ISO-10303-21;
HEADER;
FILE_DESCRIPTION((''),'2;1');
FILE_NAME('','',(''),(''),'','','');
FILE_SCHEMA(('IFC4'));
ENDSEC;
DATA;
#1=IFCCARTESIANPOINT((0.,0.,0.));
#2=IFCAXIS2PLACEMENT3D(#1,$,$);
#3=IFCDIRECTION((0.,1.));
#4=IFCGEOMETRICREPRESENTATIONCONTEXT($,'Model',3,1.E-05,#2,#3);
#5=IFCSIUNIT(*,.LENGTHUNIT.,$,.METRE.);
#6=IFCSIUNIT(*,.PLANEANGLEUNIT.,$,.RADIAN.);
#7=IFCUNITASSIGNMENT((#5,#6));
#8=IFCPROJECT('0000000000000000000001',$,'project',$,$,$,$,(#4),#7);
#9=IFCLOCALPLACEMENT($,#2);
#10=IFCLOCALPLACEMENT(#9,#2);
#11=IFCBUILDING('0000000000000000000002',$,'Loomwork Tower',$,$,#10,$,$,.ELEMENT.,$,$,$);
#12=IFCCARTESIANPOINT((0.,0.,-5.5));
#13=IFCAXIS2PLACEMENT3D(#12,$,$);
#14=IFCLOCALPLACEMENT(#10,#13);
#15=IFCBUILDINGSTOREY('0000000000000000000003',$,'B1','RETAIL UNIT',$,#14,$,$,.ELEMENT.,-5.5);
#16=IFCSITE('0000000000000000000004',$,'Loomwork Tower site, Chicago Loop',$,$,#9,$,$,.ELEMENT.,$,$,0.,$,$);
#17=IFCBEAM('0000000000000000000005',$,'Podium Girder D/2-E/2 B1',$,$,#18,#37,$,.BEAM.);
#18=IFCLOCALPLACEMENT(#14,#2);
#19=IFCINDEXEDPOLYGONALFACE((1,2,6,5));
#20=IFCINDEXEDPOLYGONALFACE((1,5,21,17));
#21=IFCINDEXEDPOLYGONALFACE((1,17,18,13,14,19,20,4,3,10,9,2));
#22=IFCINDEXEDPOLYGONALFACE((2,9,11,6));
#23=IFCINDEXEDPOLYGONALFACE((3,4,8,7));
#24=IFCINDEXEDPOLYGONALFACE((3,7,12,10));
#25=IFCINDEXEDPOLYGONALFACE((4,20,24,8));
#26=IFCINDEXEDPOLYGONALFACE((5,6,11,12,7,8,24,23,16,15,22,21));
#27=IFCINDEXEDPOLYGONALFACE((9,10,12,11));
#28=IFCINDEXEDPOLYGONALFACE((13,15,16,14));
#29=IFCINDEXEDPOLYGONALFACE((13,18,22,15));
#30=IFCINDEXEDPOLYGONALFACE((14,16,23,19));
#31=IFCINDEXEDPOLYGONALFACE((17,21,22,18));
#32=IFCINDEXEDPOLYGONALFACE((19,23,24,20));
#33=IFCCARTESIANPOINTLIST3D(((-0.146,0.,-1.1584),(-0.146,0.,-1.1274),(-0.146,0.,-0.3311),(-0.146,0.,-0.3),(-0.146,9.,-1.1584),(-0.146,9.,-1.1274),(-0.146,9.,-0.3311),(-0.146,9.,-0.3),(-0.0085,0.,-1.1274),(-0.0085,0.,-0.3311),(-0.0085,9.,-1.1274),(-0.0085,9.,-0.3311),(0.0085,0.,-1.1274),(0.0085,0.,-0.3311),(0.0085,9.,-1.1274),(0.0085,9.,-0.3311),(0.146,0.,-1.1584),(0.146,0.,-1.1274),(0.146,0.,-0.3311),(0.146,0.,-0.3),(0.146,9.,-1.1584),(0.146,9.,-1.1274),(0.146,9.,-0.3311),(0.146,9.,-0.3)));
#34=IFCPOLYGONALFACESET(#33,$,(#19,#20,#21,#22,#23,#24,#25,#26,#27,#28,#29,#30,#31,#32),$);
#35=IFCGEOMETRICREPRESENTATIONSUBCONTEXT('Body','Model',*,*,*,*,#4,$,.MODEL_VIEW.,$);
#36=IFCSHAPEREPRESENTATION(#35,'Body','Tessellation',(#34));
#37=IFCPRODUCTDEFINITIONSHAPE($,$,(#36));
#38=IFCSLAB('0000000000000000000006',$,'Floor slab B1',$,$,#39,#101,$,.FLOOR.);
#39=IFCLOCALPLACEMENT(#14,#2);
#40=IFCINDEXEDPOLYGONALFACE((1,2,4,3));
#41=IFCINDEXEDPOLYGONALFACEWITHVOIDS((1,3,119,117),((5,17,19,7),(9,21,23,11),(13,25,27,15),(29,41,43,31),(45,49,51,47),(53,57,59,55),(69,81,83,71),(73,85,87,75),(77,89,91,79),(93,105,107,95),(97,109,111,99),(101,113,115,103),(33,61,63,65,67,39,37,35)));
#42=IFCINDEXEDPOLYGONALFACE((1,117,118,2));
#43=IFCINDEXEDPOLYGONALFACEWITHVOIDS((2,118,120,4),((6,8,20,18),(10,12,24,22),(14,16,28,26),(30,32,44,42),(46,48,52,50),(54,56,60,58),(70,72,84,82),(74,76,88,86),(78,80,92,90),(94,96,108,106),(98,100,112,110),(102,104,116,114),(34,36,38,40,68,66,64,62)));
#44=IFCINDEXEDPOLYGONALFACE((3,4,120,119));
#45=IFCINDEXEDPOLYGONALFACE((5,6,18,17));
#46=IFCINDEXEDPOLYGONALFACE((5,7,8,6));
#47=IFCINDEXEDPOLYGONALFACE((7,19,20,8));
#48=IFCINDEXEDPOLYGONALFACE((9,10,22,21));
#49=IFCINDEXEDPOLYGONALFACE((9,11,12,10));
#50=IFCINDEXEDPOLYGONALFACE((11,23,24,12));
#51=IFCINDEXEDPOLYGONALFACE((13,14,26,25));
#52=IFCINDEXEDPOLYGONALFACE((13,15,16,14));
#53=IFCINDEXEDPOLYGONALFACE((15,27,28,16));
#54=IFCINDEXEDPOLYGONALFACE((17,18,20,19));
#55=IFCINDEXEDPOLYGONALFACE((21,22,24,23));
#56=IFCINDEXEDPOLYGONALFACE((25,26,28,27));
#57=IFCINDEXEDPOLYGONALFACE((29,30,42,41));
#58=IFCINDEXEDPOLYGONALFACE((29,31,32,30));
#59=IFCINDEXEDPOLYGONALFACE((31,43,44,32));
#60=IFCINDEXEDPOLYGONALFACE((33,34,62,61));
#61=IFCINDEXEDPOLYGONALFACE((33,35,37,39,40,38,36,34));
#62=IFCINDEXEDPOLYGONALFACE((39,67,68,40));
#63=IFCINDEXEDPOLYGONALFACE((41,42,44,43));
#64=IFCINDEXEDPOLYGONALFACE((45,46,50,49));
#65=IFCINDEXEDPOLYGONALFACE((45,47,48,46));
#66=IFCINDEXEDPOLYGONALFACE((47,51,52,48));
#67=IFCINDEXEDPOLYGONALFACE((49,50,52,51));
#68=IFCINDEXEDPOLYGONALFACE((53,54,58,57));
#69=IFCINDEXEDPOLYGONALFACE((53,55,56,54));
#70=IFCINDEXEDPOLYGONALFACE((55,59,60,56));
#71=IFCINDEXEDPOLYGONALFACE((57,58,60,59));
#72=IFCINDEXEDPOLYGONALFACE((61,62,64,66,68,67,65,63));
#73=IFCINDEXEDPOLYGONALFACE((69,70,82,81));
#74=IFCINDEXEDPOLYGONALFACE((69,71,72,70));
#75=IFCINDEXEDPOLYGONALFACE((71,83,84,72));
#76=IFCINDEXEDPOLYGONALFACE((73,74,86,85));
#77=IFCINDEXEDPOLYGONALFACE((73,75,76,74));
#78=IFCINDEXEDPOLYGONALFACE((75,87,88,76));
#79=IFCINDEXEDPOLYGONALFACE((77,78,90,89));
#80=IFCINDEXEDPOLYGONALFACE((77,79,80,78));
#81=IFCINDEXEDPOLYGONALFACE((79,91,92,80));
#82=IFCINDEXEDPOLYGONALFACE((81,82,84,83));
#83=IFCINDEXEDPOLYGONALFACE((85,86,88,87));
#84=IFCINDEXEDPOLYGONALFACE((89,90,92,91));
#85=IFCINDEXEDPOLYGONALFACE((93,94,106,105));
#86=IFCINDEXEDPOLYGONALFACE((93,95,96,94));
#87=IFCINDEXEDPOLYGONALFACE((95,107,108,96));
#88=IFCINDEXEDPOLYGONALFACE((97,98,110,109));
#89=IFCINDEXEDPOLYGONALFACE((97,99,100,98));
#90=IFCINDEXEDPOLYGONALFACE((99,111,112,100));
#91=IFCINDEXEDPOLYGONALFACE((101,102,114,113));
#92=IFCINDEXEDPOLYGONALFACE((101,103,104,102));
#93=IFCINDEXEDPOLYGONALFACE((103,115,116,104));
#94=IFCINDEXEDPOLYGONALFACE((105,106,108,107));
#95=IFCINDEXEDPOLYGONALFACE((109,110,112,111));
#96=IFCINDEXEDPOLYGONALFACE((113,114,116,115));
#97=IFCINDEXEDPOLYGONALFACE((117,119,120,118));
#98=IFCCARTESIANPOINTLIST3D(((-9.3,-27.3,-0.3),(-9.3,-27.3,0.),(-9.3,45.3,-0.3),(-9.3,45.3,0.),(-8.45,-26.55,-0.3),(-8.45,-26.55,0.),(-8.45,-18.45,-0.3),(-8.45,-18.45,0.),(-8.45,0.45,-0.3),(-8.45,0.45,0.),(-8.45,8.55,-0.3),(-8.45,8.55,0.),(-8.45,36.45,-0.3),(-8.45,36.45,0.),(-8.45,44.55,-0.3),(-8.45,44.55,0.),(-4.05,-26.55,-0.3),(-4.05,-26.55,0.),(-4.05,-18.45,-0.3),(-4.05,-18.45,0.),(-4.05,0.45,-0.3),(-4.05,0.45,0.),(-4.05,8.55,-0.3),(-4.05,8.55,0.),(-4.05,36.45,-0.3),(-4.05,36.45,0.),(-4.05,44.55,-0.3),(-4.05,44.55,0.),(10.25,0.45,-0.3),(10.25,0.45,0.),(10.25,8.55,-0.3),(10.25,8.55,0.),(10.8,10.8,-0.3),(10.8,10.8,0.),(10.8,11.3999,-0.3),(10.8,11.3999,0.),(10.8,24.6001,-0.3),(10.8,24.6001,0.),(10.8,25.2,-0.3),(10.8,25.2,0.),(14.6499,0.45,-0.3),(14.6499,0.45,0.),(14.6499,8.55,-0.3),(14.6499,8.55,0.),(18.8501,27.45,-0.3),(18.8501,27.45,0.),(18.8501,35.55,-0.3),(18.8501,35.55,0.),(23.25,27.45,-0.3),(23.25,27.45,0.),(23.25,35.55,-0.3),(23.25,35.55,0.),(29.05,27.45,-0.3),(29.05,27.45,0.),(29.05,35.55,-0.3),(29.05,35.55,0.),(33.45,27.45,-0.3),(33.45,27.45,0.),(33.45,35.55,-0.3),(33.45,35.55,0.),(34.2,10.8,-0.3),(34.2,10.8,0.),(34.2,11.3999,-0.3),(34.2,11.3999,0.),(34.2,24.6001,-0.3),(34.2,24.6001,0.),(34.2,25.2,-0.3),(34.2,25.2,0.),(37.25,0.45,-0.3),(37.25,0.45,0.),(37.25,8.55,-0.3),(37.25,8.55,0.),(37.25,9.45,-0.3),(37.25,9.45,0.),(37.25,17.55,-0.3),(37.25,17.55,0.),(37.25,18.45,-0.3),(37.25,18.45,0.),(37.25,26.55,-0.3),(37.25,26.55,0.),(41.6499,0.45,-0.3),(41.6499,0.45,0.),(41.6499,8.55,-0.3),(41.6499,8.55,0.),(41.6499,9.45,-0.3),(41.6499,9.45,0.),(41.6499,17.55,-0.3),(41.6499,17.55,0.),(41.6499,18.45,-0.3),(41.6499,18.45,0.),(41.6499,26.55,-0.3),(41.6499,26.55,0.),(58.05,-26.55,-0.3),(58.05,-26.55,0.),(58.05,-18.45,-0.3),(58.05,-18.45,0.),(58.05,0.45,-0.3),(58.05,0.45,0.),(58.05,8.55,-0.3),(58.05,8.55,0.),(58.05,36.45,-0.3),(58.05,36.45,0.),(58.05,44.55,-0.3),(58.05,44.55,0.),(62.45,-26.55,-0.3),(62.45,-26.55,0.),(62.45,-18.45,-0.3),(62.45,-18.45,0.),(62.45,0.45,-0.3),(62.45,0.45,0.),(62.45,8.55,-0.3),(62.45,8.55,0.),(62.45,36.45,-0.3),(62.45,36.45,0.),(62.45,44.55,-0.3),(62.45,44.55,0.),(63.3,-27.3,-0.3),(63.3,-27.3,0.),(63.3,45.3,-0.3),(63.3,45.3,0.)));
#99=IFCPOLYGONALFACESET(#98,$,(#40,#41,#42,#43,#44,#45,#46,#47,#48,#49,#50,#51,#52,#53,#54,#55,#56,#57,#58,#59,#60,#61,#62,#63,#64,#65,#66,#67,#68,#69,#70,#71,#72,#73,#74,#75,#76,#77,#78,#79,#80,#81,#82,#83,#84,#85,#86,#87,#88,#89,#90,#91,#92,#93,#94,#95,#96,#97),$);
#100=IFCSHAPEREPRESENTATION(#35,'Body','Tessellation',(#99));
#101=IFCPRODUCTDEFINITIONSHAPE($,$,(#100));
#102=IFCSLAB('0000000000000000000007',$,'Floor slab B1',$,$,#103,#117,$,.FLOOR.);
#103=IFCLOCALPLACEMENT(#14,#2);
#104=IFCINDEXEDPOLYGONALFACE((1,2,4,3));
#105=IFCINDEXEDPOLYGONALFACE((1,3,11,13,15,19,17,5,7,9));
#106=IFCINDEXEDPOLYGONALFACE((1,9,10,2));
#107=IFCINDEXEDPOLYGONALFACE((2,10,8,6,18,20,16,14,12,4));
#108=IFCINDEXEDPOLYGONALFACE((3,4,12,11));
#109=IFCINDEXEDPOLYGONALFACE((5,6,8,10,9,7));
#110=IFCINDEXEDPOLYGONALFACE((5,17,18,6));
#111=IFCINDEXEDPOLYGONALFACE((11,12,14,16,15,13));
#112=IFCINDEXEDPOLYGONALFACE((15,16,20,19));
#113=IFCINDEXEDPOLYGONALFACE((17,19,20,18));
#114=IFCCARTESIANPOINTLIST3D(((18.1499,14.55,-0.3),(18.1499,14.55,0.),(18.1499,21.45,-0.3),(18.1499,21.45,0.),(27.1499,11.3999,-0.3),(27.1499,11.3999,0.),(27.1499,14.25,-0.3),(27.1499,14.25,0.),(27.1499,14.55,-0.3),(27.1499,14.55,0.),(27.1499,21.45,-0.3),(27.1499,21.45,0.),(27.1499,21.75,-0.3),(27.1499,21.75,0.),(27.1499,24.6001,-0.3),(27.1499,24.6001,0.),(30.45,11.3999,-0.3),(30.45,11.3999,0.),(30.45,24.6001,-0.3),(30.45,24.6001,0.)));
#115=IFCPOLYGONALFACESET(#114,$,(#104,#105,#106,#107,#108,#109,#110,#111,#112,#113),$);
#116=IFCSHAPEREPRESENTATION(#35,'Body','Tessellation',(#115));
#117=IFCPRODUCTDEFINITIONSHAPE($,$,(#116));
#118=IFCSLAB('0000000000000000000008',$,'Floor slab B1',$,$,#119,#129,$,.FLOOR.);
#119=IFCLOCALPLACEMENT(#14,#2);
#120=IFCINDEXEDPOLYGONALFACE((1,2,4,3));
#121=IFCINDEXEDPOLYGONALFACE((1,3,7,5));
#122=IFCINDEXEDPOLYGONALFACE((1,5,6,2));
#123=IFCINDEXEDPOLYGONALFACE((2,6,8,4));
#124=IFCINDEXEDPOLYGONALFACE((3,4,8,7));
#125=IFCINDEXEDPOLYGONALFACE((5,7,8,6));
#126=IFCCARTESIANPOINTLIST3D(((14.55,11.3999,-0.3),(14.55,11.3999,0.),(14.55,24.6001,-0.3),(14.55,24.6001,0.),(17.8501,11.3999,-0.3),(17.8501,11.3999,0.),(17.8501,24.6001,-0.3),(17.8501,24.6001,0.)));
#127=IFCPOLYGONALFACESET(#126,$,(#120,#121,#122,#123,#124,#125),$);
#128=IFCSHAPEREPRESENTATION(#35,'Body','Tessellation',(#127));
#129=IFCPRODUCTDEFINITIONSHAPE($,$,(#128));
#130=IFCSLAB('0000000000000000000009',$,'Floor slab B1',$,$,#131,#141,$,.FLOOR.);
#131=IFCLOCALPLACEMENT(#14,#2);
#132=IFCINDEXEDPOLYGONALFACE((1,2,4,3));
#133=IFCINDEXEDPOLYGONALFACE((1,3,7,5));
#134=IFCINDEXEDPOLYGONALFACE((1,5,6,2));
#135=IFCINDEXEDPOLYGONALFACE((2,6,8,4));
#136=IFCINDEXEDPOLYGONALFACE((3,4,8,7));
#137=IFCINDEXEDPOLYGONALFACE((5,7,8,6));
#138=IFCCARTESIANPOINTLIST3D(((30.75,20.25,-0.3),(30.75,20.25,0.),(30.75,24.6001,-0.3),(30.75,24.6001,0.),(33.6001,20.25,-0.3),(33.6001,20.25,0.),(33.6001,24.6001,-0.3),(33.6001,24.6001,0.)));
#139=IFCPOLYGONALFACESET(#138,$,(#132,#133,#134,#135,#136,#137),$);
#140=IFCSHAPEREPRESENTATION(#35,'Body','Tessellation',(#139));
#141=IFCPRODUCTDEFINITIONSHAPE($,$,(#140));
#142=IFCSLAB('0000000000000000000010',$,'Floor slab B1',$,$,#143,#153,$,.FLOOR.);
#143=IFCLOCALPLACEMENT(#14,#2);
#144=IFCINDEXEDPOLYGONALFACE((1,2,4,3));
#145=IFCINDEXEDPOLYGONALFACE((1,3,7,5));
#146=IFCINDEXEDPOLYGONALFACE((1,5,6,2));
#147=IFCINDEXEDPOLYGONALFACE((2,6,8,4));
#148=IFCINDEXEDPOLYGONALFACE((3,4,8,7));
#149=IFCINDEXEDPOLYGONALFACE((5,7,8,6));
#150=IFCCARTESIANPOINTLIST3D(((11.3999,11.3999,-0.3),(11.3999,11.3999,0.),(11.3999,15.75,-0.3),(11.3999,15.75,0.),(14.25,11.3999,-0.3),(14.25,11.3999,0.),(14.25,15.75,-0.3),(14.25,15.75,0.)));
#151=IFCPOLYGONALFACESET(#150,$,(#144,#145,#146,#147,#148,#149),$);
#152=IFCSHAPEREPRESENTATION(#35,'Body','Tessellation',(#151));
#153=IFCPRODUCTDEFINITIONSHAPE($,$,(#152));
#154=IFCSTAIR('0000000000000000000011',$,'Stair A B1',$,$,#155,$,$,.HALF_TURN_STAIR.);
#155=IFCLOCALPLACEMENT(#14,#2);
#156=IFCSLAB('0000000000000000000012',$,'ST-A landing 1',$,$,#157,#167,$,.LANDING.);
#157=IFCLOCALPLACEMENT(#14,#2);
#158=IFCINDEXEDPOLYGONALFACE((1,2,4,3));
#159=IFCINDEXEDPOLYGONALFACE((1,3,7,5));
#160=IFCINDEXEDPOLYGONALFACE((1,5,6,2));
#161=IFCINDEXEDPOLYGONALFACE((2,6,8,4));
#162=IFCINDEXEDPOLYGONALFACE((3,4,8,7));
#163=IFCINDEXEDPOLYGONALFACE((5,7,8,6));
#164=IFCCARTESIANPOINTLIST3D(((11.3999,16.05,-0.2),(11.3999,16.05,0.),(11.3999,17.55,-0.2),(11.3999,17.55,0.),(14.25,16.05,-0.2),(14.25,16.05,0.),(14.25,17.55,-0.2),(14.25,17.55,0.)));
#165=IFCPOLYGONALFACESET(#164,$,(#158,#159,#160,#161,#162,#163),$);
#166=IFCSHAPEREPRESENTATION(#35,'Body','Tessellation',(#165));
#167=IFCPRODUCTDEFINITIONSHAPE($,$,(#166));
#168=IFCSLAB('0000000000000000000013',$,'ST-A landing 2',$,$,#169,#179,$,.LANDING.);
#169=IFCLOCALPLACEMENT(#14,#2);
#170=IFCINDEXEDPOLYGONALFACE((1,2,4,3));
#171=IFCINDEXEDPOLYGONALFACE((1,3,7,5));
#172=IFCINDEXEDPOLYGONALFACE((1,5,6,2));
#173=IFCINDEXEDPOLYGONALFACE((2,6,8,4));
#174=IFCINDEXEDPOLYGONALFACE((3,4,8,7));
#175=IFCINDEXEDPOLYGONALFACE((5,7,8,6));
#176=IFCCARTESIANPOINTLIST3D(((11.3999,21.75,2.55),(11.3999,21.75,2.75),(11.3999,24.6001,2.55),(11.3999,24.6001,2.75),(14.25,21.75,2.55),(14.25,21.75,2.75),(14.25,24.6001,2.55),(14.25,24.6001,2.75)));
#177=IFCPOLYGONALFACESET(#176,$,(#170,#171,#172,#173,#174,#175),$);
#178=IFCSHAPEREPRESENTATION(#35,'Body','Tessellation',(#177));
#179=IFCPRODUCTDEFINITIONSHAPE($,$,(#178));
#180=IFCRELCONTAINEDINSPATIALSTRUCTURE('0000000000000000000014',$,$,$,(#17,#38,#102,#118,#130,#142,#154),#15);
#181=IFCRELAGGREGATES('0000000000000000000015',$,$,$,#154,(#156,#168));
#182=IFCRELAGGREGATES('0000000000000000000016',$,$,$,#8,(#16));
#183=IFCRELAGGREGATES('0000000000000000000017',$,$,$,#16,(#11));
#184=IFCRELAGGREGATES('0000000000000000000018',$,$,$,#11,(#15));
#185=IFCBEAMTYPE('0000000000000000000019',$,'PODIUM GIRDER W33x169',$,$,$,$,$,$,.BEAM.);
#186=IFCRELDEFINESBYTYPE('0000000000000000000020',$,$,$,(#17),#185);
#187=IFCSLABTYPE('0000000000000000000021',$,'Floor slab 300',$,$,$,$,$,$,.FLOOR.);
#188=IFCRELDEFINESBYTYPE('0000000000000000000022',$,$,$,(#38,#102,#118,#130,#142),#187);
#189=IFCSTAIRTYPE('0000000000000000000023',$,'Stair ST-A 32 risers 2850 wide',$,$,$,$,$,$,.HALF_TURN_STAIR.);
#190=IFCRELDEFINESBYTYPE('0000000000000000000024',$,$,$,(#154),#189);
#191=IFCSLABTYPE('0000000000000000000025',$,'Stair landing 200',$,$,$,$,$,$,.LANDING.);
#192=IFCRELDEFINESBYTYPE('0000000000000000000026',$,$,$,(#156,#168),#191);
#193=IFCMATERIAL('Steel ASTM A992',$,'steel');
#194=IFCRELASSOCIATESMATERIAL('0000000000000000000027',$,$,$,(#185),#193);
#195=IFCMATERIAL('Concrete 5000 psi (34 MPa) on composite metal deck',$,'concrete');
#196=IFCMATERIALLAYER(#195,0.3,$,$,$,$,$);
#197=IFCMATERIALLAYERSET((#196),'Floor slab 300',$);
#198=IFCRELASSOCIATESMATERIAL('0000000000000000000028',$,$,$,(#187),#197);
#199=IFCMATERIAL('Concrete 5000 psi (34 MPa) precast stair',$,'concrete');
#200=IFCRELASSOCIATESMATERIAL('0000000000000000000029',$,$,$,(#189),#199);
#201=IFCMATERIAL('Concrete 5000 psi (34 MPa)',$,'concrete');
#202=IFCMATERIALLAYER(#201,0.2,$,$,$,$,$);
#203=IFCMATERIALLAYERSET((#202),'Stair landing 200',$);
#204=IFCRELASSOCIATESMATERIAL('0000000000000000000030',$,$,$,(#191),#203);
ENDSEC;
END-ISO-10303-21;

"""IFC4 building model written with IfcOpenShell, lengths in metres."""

from ifc_helpers import new_model, si_unit, direction, frame, origin, origin_2d, place, context, subcontext, project, spatial, polyline, i_section, outline, extrude, material, layer, layer_set, material_profile, profile_set, type_object, element, aggregate, save


model = new_model("IFC4")

# Units and contexts
model_context = context("Model", 3, precision=1e-05, world=origin(), true_north=direction((0.0, 1.0)))
body_context = subcontext(model_context, "Body", "Model", "MODEL_VIEW")
ifc_project = project(units=[si_unit("LENGTHUNIT", "METRE"), si_unit("PLANEANGLEUNIT", "RADIAN")], contexts=[model_context])

# Site, building, storey
site_placement = place(None, origin())
site = spatial("IfcSite", under=ifc_project, at=site_placement, Name="Loomwork Tower site, Chicago Loop", CompositionType="ELEMENT", RefElevation=0.0)
building_placement = place(site_placement, origin())
building = spatial("IfcBuilding", under=site, at=building_placement, Name="Loomwork Tower", CompositionType="ELEMENT")
storey_placement = place(building_placement, frame((0.0, 0.0, -5.5)))
storey = spatial("IfcBuildingStorey", under=building, at=storey_placement, Name="B1", Description="RETAIL UNIT", CompositionType="ELEMENT", Elevation=-5.5)

# Beam
ifc_material_1 = material(Name="Steel ASTM A992", Category="steel")
ifc_material_profile = material_profile(ifc_material_1, i_section(OverallWidth=0.292, OverallDepth=0.8584, WebThickness=0.0171, FlangeThickness=0.031, at=origin_2d()), Name="W33x169")
ifc_profile_set = profile_set([ifc_material_profile], Name="Steel ASTM A992")
beam_type = type_object("IfcBeamType", Name="PODIUM GIRDER W33x169", PredefinedType="BEAM", material=ifc_profile_set)
beam_placement = place(storey_placement, frame((0.0, 0.0, -0.7292), z_axis=(0.0, 1.0, 0.0), x_axis=(-1.0, 0.0, 0.0)))
element("IfcBeam", 1, at=beam_placement, inside=storey, type_object=beam_type, Name="Podium Girder D/2-E/2 B1", PredefinedType="BEAM", context=body_context, shape_type="SweptSolid", body=[
    extrude(i_section(OverallWidth=0.292, OverallDepth=0.8584, WebThickness=0.0171, FlangeThickness=0.031, at=origin_2d()), origin(), (0.0, 0.0, 1.0), 9.0),
])

# Slabs
ifc_material_2 = material(Name="Concrete 5000 psi (34 MPa) on composite metal deck", Category="concrete")
ifc_layer_1 = layer(ifc_material_2, 0.3)
ifc_layer_set_1 = layer_set([ifc_layer_1], Name="Floor slab 300")
slab_type_1 = type_object("IfcSlabType", Name="Floor slab 300", PredefinedType="FLOOR", material=ifc_layer_set_1)
slab_1_placement = place(storey_placement, frame((0.0, 0.0, -0.3)))
element("IfcSlab", 2, at=slab_1_placement, inside=storey, type_object=slab_type_1, Name="Floor slab B1", PredefinedType="FLOOR", context=body_context, shape_type="SweptSolid", body=[
    extrude(outline(polyline([(-9.3, -27.3), (-9.3, 45.3), (63.3, 45.3), (63.3, -27.3), (-9.3, -27.3)]), holes=[polyline([(62.45, -26.55), (62.45, -18.45), (58.05, -18.45), (58.05, -26.55), (62.45, -26.55)]), polyline([(58.05, 36.45), (62.45, 36.45), (62.45, 44.55), (58.05, 44.55), (58.05, 36.45)]), polyline([(58.05, 0.45), (62.45, 0.45), (62.45, 8.55), (58.05, 8.55), (58.05, 0.45)]), polyline([(41.6499, 9.45), (41.6499, 17.55), (37.25, 17.55), (37.25, 9.45), (41.6499, 9.45)]), polyline([(37.25, 18.45), (41.6499, 18.45), (41.6499, 26.55), (37.25, 26.55), (37.25, 18.45)]), polyline([(37.25, 0.45), (41.6499, 0.45), (41.6499, 8.55), (37.25, 8.55), (37.25, 0.45)]), polyline([(34.2, 11.3999), (34.2, 24.6001), (34.2, 25.2), (10.8, 25.2), (10.8, 24.6001), (10.8, 11.3999), (10.8, 11.3999), (10.8, 10.8), (34.2, 10.8), (34.2, 11.3999), (34.2, 11.3999)]), polyline([(29.05, 27.45), (33.45, 27.45), (33.45, 35.55), (29.05, 35.55), (29.05, 27.45)]), polyline([(18.8501, 27.45), (23.25, 27.45), (23.25, 35.55), (18.8501, 35.55), (18.8501, 27.45)]), polyline([(10.25, 0.45), (14.6499, 0.45), (14.6499, 8.55), (10.25, 8.55), (10.25, 0.45)]), polyline([(-4.05, -26.55), (-4.05, -18.45), (-8.45, -18.45), (-8.45, -26.55), (-4.05, -26.55)]), polyline([(-8.45, 36.45), (-4.05, 36.45), (-4.05, 44.55), (-8.45, 44.55), (-8.45, 36.45)]), polyline([(-8.45, 0.45), (-4.05, 0.45), (-4.05, 8.55), (-8.45, 8.55), (-8.45, 0.45)])]), origin(), (0.0, 0.0, 1.0), 0.3),
])
slab_2_placement = place(storey_placement, frame((0.0, 0.0, -0.3)))
element("IfcSlab", 3, at=slab_2_placement, inside=storey, type_object=slab_type_1, Name="Floor slab B1", PredefinedType="FLOOR", context=body_context, shape_type="SweptSolid", body=[
    extrude(outline(polyline([(18.1499, 21.45), (27.1499, 21.45), (27.1499, 21.75), (27.1499, 24.6001), (30.45, 24.6001), (30.45, 11.3999), (27.1499, 11.3999), (27.1499, 14.25), (27.1499, 14.55), (18.1499, 14.55), (18.1499, 21.45)])), origin(), (0.0, 0.0, 1.0), 0.3),
])
slab_3_placement = place(storey_placement, frame((0.0, 0.0, -0.3)))
element("IfcSlab", 4, at=slab_3_placement, inside=storey, type_object=slab_type_1, Name="Floor slab B1", PredefinedType="FLOOR", context=body_context, shape_type="SweptSolid", body=[
    extrude(outline(polyline([(14.55, 24.6001), (17.8501, 24.6001), (17.8501, 11.3999), (14.55, 11.3999), (14.55, 24.6001)])), origin(), (0.0, 0.0, 1.0), 0.3),
])
slab_4_placement = place(storey_placement, frame((0.0, 0.0, -0.3)))
element("IfcSlab", 5, at=slab_4_placement, inside=storey, type_object=slab_type_1, Name="Floor slab B1", PredefinedType="FLOOR", context=body_context, shape_type="SweptSolid", body=[
    extrude(outline(polyline([(33.6001, 20.25), (30.75, 20.25), (30.75, 24.6001), (33.6001, 24.6001), (33.6001, 20.25)])), origin(), (0.0, 0.0, 1.0), 0.3),
])
slab_5_placement = place(storey_placement, frame((0.0, 0.0, -0.3)))
element("IfcSlab", 6, at=slab_5_placement, inside=storey, type_object=slab_type_1, Name="Floor slab B1", PredefinedType="FLOOR", context=body_context, shape_type="SweptSolid", body=[
    extrude(outline(polyline([(14.25, 15.75), (14.25, 11.3999), (11.3999, 11.3999), (11.3999, 15.75), (14.25, 15.75)])), origin(), (0.0, 0.0, 1.0), 0.3),
])

# Stair, slabs
ifc_material_3 = material(Name="Concrete 5000 psi (34 MPa) precast stair", Category="concrete")
stair_type_1 = type_object("IfcStairType", Name="Stair ST-A 32 risers 2850 wide", PredefinedType="HALF_TURN_STAIR", material=ifc_material_3)
stair_1_placement = place(storey_placement, origin())
stair_1 = element("IfcStair", 7, at=stair_1_placement, inside=storey, type_object=stair_type_1, Name="Stair A B1", PredefinedType="HALF_TURN_STAIR")
ifc_material_4 = material(Name="Concrete 5000 psi (34 MPa)", Category="concrete")
ifc_layer_2 = layer(ifc_material_4, 0.2)
ifc_layer_set_2 = layer_set([ifc_layer_2], Name="Stair landing 200")
slab_type_2 = type_object("IfcSlabType", Name="Stair landing 200", PredefinedType="LANDING", material=ifc_layer_set_2)
slab_6_placement = place(storey_placement, frame((0.0, 0.0, -0.2)))
slab_6 = element("IfcSlab", 8, at=slab_6_placement, type_object=slab_type_2, Name="ST-A landing 1", PredefinedType="LANDING", context=body_context, shape_type="SweptSolid", body=[
    extrude(outline(polyline([(11.3999, 16.05), (14.25, 16.05), (14.25, 17.55), (11.3999, 17.55), (11.3999, 16.05)])), origin(), (0.0, 0.0, 1.0), 0.2),
])
slab_7_placement = place(storey_placement, frame((0.0, 0.0, 2.55)))
slab_7 = element("IfcSlab", 9, at=slab_7_placement, type_object=slab_type_2, Name="ST-A landing 2", PredefinedType="LANDING", context=body_context, shape_type="SweptSolid", body=[
    extrude(outline(polyline([(11.3999, 21.75), (14.25, 21.75), (14.25, 24.6001), (11.3999, 24.6001), (11.3999, 21.75)])), origin(), (0.0, 0.0, 1.0), 0.2),
])
aggregate(stair_1, [slab_6, slab_7])

save(model, "model.ifc")
